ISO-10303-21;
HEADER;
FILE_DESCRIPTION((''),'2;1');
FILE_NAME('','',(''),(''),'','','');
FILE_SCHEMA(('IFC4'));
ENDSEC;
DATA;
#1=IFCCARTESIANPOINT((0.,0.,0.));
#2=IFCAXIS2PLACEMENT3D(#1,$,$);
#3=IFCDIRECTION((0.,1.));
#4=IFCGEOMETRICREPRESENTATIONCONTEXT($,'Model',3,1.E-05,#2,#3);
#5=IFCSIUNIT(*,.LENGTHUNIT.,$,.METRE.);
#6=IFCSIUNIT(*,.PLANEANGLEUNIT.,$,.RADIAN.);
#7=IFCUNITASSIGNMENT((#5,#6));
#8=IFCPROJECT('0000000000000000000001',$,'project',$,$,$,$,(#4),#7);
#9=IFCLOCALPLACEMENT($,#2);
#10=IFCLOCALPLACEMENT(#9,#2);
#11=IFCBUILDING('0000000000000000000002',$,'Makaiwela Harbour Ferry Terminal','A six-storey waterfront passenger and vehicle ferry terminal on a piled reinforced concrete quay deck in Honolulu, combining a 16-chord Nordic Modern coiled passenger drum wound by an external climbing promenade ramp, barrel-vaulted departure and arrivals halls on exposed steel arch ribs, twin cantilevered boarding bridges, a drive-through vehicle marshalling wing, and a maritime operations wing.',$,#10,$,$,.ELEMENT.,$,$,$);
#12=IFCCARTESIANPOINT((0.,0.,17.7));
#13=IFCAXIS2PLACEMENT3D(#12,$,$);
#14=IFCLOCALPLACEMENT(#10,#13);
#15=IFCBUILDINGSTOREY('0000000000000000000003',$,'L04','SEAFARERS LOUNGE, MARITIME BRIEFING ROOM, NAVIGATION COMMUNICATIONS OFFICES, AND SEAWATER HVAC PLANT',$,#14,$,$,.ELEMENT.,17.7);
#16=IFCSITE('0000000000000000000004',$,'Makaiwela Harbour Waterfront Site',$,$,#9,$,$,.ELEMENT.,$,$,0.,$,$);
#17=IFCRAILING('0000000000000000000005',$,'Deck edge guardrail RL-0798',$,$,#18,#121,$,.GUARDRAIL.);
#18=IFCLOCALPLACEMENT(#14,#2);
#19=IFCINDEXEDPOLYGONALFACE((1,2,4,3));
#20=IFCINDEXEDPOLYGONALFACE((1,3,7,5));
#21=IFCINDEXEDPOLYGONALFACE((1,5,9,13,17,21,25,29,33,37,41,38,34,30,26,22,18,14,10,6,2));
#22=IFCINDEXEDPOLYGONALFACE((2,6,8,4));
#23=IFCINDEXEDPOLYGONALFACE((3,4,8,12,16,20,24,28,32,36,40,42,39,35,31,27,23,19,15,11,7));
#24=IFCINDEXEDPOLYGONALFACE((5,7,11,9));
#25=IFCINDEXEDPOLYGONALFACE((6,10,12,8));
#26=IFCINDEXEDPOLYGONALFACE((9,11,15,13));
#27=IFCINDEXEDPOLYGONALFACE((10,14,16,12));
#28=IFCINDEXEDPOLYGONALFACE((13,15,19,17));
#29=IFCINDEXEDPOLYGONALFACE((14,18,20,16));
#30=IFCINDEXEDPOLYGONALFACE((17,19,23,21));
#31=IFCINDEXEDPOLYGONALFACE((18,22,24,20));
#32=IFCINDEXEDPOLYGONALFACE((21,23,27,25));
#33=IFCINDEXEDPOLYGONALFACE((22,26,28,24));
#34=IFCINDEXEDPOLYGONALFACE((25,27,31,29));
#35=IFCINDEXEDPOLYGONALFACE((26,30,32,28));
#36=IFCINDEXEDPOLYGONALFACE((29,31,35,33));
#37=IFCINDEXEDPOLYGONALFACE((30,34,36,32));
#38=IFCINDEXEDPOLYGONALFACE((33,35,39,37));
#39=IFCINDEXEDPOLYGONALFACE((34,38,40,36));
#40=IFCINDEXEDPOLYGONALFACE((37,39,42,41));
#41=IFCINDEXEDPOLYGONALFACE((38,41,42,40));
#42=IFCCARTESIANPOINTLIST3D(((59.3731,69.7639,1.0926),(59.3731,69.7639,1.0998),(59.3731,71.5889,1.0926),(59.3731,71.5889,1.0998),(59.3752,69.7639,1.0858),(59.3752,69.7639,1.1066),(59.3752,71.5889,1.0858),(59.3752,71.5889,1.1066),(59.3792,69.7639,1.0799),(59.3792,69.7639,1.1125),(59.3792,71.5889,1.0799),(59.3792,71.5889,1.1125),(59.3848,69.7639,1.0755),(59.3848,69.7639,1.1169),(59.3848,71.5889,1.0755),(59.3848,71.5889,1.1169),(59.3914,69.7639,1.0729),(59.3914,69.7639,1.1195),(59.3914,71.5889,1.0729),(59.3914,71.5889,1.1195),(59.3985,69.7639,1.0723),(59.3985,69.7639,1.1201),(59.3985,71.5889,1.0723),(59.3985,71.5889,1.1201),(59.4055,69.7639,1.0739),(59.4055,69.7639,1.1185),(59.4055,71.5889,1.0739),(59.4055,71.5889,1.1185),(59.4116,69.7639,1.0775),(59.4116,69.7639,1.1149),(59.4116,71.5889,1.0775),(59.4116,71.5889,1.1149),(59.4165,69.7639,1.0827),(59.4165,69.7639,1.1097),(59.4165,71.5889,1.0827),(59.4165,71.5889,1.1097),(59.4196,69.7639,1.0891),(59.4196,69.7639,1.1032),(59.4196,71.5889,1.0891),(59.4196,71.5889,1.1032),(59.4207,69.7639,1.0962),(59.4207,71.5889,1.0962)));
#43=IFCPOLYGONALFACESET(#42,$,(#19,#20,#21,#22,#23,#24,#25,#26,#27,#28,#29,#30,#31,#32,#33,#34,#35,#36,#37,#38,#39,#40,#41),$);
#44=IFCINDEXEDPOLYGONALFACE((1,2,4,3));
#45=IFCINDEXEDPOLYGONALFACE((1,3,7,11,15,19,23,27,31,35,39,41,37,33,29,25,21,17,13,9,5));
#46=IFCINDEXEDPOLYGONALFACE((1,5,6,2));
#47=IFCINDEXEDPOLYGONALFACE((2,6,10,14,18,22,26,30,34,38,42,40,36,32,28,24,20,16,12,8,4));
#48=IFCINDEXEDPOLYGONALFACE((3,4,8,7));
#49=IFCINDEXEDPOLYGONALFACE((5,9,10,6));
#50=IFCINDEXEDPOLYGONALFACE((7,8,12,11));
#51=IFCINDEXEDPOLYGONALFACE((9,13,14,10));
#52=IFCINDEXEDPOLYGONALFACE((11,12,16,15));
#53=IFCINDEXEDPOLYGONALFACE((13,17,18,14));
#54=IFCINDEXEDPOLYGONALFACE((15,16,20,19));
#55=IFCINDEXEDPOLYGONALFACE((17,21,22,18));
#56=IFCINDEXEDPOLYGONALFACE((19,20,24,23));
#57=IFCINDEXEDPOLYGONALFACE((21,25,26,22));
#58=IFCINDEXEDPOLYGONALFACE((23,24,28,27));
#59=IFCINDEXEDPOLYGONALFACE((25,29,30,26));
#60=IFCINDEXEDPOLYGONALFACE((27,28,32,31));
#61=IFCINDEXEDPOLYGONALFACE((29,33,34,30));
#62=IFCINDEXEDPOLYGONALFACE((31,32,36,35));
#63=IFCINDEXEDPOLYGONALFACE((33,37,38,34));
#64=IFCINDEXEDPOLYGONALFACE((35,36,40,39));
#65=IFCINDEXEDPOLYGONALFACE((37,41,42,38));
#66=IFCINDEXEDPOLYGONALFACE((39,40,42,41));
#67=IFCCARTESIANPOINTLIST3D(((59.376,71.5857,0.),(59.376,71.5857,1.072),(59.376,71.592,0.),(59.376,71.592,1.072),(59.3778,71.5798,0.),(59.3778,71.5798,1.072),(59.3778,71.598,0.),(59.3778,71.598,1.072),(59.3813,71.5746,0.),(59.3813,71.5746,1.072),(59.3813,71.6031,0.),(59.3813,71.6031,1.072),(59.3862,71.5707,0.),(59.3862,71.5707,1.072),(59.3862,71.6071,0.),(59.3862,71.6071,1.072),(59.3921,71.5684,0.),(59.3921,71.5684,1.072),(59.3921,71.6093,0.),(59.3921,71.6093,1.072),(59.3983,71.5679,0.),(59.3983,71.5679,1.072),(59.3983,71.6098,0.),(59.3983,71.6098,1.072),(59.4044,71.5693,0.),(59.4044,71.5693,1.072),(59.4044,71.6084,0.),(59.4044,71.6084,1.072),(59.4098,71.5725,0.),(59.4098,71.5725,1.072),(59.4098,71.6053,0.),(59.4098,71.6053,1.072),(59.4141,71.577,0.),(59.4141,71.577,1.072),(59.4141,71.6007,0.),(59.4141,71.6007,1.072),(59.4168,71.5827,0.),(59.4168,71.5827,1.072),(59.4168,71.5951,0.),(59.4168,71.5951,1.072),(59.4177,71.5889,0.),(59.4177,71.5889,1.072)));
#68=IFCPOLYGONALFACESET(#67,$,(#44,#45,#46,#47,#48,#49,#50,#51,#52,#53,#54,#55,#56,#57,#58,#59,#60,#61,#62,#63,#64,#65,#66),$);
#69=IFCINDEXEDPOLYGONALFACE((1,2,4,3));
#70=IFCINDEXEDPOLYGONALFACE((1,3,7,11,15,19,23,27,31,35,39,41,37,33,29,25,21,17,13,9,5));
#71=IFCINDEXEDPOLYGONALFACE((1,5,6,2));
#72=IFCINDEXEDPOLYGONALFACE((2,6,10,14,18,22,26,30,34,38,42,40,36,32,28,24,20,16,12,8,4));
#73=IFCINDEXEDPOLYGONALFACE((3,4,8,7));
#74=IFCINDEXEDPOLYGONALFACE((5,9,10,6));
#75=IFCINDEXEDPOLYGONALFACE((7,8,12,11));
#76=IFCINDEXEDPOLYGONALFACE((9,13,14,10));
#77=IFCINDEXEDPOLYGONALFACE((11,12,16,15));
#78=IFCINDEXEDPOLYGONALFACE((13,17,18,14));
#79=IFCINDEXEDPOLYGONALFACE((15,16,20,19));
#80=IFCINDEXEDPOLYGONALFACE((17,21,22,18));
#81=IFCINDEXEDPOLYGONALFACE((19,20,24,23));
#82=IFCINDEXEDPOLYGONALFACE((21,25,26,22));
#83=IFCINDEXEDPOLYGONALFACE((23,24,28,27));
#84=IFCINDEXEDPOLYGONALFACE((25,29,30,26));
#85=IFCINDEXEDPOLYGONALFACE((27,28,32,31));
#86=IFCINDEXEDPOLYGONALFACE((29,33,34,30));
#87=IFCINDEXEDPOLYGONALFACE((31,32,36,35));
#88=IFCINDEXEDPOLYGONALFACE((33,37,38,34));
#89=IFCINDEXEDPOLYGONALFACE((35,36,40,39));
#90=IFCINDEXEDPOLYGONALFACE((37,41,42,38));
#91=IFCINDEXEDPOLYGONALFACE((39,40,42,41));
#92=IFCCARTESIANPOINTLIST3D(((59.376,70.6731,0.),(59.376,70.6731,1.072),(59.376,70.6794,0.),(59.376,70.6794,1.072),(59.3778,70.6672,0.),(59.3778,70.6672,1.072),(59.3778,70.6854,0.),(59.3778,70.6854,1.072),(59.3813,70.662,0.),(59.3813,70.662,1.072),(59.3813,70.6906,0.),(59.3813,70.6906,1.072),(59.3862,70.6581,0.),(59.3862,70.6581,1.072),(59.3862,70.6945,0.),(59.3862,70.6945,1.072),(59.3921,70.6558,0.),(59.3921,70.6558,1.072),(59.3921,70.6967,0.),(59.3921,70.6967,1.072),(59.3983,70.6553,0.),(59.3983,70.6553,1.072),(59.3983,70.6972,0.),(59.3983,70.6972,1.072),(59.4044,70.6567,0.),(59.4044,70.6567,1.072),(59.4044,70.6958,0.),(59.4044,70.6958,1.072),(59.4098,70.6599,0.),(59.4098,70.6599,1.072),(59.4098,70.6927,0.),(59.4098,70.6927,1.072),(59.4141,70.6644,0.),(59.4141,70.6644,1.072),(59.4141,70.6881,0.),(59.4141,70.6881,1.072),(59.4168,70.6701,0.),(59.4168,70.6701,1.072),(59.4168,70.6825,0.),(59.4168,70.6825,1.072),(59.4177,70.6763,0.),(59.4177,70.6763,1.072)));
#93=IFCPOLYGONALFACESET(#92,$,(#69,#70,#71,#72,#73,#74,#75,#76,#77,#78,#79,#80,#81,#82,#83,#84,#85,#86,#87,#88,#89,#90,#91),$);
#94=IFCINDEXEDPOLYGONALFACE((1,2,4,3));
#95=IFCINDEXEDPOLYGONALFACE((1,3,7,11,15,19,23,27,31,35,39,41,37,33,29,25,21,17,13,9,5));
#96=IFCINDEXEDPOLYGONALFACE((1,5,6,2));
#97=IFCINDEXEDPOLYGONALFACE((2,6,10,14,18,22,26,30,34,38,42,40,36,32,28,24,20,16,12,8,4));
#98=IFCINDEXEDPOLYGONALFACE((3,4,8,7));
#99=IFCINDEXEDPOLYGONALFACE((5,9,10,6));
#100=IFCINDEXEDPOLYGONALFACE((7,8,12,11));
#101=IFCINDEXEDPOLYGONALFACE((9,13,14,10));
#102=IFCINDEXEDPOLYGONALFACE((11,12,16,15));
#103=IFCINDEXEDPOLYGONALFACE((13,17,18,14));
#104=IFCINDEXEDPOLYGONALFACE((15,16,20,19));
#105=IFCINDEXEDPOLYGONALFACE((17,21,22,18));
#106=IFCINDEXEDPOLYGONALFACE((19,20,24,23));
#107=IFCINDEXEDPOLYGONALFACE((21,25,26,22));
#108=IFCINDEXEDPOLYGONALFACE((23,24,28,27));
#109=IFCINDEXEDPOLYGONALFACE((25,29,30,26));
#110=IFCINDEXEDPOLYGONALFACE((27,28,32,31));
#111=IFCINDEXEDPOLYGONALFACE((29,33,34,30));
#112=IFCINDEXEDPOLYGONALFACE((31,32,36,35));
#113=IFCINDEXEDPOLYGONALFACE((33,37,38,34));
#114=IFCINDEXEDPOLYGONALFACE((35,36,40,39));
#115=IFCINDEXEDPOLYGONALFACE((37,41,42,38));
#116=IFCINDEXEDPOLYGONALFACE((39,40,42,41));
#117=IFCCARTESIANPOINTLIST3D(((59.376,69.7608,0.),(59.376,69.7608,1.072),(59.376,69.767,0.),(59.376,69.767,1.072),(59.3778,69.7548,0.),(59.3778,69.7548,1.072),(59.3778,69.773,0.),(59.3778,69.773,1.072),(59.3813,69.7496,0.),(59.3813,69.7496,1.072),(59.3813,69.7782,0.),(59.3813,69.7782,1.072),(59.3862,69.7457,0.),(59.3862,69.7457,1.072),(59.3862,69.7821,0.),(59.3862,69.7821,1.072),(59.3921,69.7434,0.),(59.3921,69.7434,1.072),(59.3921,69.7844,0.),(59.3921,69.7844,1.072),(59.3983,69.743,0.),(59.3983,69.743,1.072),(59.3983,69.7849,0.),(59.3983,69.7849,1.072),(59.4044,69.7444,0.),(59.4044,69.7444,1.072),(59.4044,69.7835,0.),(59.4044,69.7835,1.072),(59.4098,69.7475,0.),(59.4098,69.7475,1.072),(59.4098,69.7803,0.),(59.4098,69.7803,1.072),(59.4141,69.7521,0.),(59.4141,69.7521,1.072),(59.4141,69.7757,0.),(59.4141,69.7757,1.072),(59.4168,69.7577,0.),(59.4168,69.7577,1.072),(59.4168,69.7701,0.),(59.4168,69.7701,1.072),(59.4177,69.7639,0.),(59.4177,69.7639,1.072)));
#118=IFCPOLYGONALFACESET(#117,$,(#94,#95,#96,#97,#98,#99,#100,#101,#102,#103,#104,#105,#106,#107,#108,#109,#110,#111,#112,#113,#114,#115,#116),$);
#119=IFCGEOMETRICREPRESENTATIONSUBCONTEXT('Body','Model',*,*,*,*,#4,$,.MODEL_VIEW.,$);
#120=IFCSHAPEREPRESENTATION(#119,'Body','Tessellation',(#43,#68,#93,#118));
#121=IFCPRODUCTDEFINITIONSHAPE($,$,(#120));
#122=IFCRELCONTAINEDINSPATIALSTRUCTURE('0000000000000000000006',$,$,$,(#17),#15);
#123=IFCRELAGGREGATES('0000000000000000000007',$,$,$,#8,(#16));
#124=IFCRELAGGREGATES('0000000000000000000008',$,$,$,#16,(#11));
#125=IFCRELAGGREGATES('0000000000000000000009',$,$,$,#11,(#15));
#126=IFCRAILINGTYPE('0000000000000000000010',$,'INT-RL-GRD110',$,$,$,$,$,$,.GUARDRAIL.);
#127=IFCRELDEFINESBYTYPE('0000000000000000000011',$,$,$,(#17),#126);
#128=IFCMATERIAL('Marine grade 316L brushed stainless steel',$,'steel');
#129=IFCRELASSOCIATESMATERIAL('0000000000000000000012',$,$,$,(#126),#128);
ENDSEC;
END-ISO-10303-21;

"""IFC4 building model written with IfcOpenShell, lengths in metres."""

from ifc_helpers import new_model, si_unit, direction, frame, origin, origin_2d, place, context, subcontext, project, spatial, circle, extrude, material, type_object, element, save


model = new_model("IFC4")

# Units and contexts
model_context = context("Model", 3, precision=1e-05, world=origin(), true_north=direction((0.0, 1.0)))
body_context = subcontext(model_context, "Body", "Model", "MODEL_VIEW")
ifc_project = project(units=[si_unit("LENGTHUNIT", "METRE"), si_unit("PLANEANGLEUNIT", "RADIAN")], contexts=[model_context])

# Site, building, storey
site_placement = place(None, origin())
site = spatial("IfcSite", under=ifc_project, at=site_placement, Name="Makaiwela Harbour Waterfront Site", CompositionType="ELEMENT", RefElevation=0.0)
building_placement = place(site_placement, origin())
building = spatial("IfcBuilding", under=site, at=building_placement, Name="Makaiwela Harbour Ferry Terminal", Description="A six-storey waterfront passenger and vehicle ferry terminal on a piled reinforced concrete quay deck in Honolulu, combining a 16-chord Nordic Modern coiled passenger drum wound by an external climbing promenade ramp, barrel-vaulted departure and arrivals halls on exposed steel arch ribs, twin cantilevered boarding bridges, a drive-through vehicle marshalling wing, and a maritime operations wing.", CompositionType="ELEMENT")
storey_placement = place(building_placement, frame((0.0, 0.0, 17.7)))
storey = spatial("IfcBuildingStorey", under=building, at=storey_placement, Name="L04", Description="SEAFARERS LOUNGE, MARITIME BRIEFING ROOM, NAVIGATION COMMUNICATIONS OFFICES, AND SEAWATER HVAC PLANT", CompositionType="ELEMENT", Elevation=17.7)

# Railing
ifc_material_1 = material(Name="Marine grade 316L brushed stainless steel", Category="steel")
railing_type_1 = type_object("IfcRailingType", Name="INT-RL-GRD110", PredefinedType="GUARDRAIL", material=ifc_material_1)
for number, where, name in (
    (1, (59.3967, 71.5889, 0.0), "Deck edge guardrail RL-0798"),
):
    element("IfcRailing", number, at=place(storey_placement, frame(where)), inside=storey, type_object=railing_type_1, Name=name, PredefinedType="GUARDRAIL", context=body_context, shape_type="SweptSolid", body=[
        extrude(circle(Radius=0.0239, at=origin_2d()), frame((0.0, 0.0, 1.0962), z_axis=(0.0, -1.0, 0.0), x_axis=(1.0, 0.0, 0.0)), (0.0, 0.0, 1.0), 1.825),
        extrude(circle(Radius=0.021, at=origin_2d()), origin(), (0.0, 0.0, 1.0), 1.072),
        extrude(circle(Radius=0.021, at=origin_2d()), frame((0.0, -0.9126, 0.0)), (0.0, 0.0, 1.0), 1.072),
        extrude(circle(Radius=0.021, at=origin_2d()), frame((0.0, -1.825, 0.0)), (0.0, 0.0, 1.0), 1.072),
    ])

save(model, "model.ifc")
